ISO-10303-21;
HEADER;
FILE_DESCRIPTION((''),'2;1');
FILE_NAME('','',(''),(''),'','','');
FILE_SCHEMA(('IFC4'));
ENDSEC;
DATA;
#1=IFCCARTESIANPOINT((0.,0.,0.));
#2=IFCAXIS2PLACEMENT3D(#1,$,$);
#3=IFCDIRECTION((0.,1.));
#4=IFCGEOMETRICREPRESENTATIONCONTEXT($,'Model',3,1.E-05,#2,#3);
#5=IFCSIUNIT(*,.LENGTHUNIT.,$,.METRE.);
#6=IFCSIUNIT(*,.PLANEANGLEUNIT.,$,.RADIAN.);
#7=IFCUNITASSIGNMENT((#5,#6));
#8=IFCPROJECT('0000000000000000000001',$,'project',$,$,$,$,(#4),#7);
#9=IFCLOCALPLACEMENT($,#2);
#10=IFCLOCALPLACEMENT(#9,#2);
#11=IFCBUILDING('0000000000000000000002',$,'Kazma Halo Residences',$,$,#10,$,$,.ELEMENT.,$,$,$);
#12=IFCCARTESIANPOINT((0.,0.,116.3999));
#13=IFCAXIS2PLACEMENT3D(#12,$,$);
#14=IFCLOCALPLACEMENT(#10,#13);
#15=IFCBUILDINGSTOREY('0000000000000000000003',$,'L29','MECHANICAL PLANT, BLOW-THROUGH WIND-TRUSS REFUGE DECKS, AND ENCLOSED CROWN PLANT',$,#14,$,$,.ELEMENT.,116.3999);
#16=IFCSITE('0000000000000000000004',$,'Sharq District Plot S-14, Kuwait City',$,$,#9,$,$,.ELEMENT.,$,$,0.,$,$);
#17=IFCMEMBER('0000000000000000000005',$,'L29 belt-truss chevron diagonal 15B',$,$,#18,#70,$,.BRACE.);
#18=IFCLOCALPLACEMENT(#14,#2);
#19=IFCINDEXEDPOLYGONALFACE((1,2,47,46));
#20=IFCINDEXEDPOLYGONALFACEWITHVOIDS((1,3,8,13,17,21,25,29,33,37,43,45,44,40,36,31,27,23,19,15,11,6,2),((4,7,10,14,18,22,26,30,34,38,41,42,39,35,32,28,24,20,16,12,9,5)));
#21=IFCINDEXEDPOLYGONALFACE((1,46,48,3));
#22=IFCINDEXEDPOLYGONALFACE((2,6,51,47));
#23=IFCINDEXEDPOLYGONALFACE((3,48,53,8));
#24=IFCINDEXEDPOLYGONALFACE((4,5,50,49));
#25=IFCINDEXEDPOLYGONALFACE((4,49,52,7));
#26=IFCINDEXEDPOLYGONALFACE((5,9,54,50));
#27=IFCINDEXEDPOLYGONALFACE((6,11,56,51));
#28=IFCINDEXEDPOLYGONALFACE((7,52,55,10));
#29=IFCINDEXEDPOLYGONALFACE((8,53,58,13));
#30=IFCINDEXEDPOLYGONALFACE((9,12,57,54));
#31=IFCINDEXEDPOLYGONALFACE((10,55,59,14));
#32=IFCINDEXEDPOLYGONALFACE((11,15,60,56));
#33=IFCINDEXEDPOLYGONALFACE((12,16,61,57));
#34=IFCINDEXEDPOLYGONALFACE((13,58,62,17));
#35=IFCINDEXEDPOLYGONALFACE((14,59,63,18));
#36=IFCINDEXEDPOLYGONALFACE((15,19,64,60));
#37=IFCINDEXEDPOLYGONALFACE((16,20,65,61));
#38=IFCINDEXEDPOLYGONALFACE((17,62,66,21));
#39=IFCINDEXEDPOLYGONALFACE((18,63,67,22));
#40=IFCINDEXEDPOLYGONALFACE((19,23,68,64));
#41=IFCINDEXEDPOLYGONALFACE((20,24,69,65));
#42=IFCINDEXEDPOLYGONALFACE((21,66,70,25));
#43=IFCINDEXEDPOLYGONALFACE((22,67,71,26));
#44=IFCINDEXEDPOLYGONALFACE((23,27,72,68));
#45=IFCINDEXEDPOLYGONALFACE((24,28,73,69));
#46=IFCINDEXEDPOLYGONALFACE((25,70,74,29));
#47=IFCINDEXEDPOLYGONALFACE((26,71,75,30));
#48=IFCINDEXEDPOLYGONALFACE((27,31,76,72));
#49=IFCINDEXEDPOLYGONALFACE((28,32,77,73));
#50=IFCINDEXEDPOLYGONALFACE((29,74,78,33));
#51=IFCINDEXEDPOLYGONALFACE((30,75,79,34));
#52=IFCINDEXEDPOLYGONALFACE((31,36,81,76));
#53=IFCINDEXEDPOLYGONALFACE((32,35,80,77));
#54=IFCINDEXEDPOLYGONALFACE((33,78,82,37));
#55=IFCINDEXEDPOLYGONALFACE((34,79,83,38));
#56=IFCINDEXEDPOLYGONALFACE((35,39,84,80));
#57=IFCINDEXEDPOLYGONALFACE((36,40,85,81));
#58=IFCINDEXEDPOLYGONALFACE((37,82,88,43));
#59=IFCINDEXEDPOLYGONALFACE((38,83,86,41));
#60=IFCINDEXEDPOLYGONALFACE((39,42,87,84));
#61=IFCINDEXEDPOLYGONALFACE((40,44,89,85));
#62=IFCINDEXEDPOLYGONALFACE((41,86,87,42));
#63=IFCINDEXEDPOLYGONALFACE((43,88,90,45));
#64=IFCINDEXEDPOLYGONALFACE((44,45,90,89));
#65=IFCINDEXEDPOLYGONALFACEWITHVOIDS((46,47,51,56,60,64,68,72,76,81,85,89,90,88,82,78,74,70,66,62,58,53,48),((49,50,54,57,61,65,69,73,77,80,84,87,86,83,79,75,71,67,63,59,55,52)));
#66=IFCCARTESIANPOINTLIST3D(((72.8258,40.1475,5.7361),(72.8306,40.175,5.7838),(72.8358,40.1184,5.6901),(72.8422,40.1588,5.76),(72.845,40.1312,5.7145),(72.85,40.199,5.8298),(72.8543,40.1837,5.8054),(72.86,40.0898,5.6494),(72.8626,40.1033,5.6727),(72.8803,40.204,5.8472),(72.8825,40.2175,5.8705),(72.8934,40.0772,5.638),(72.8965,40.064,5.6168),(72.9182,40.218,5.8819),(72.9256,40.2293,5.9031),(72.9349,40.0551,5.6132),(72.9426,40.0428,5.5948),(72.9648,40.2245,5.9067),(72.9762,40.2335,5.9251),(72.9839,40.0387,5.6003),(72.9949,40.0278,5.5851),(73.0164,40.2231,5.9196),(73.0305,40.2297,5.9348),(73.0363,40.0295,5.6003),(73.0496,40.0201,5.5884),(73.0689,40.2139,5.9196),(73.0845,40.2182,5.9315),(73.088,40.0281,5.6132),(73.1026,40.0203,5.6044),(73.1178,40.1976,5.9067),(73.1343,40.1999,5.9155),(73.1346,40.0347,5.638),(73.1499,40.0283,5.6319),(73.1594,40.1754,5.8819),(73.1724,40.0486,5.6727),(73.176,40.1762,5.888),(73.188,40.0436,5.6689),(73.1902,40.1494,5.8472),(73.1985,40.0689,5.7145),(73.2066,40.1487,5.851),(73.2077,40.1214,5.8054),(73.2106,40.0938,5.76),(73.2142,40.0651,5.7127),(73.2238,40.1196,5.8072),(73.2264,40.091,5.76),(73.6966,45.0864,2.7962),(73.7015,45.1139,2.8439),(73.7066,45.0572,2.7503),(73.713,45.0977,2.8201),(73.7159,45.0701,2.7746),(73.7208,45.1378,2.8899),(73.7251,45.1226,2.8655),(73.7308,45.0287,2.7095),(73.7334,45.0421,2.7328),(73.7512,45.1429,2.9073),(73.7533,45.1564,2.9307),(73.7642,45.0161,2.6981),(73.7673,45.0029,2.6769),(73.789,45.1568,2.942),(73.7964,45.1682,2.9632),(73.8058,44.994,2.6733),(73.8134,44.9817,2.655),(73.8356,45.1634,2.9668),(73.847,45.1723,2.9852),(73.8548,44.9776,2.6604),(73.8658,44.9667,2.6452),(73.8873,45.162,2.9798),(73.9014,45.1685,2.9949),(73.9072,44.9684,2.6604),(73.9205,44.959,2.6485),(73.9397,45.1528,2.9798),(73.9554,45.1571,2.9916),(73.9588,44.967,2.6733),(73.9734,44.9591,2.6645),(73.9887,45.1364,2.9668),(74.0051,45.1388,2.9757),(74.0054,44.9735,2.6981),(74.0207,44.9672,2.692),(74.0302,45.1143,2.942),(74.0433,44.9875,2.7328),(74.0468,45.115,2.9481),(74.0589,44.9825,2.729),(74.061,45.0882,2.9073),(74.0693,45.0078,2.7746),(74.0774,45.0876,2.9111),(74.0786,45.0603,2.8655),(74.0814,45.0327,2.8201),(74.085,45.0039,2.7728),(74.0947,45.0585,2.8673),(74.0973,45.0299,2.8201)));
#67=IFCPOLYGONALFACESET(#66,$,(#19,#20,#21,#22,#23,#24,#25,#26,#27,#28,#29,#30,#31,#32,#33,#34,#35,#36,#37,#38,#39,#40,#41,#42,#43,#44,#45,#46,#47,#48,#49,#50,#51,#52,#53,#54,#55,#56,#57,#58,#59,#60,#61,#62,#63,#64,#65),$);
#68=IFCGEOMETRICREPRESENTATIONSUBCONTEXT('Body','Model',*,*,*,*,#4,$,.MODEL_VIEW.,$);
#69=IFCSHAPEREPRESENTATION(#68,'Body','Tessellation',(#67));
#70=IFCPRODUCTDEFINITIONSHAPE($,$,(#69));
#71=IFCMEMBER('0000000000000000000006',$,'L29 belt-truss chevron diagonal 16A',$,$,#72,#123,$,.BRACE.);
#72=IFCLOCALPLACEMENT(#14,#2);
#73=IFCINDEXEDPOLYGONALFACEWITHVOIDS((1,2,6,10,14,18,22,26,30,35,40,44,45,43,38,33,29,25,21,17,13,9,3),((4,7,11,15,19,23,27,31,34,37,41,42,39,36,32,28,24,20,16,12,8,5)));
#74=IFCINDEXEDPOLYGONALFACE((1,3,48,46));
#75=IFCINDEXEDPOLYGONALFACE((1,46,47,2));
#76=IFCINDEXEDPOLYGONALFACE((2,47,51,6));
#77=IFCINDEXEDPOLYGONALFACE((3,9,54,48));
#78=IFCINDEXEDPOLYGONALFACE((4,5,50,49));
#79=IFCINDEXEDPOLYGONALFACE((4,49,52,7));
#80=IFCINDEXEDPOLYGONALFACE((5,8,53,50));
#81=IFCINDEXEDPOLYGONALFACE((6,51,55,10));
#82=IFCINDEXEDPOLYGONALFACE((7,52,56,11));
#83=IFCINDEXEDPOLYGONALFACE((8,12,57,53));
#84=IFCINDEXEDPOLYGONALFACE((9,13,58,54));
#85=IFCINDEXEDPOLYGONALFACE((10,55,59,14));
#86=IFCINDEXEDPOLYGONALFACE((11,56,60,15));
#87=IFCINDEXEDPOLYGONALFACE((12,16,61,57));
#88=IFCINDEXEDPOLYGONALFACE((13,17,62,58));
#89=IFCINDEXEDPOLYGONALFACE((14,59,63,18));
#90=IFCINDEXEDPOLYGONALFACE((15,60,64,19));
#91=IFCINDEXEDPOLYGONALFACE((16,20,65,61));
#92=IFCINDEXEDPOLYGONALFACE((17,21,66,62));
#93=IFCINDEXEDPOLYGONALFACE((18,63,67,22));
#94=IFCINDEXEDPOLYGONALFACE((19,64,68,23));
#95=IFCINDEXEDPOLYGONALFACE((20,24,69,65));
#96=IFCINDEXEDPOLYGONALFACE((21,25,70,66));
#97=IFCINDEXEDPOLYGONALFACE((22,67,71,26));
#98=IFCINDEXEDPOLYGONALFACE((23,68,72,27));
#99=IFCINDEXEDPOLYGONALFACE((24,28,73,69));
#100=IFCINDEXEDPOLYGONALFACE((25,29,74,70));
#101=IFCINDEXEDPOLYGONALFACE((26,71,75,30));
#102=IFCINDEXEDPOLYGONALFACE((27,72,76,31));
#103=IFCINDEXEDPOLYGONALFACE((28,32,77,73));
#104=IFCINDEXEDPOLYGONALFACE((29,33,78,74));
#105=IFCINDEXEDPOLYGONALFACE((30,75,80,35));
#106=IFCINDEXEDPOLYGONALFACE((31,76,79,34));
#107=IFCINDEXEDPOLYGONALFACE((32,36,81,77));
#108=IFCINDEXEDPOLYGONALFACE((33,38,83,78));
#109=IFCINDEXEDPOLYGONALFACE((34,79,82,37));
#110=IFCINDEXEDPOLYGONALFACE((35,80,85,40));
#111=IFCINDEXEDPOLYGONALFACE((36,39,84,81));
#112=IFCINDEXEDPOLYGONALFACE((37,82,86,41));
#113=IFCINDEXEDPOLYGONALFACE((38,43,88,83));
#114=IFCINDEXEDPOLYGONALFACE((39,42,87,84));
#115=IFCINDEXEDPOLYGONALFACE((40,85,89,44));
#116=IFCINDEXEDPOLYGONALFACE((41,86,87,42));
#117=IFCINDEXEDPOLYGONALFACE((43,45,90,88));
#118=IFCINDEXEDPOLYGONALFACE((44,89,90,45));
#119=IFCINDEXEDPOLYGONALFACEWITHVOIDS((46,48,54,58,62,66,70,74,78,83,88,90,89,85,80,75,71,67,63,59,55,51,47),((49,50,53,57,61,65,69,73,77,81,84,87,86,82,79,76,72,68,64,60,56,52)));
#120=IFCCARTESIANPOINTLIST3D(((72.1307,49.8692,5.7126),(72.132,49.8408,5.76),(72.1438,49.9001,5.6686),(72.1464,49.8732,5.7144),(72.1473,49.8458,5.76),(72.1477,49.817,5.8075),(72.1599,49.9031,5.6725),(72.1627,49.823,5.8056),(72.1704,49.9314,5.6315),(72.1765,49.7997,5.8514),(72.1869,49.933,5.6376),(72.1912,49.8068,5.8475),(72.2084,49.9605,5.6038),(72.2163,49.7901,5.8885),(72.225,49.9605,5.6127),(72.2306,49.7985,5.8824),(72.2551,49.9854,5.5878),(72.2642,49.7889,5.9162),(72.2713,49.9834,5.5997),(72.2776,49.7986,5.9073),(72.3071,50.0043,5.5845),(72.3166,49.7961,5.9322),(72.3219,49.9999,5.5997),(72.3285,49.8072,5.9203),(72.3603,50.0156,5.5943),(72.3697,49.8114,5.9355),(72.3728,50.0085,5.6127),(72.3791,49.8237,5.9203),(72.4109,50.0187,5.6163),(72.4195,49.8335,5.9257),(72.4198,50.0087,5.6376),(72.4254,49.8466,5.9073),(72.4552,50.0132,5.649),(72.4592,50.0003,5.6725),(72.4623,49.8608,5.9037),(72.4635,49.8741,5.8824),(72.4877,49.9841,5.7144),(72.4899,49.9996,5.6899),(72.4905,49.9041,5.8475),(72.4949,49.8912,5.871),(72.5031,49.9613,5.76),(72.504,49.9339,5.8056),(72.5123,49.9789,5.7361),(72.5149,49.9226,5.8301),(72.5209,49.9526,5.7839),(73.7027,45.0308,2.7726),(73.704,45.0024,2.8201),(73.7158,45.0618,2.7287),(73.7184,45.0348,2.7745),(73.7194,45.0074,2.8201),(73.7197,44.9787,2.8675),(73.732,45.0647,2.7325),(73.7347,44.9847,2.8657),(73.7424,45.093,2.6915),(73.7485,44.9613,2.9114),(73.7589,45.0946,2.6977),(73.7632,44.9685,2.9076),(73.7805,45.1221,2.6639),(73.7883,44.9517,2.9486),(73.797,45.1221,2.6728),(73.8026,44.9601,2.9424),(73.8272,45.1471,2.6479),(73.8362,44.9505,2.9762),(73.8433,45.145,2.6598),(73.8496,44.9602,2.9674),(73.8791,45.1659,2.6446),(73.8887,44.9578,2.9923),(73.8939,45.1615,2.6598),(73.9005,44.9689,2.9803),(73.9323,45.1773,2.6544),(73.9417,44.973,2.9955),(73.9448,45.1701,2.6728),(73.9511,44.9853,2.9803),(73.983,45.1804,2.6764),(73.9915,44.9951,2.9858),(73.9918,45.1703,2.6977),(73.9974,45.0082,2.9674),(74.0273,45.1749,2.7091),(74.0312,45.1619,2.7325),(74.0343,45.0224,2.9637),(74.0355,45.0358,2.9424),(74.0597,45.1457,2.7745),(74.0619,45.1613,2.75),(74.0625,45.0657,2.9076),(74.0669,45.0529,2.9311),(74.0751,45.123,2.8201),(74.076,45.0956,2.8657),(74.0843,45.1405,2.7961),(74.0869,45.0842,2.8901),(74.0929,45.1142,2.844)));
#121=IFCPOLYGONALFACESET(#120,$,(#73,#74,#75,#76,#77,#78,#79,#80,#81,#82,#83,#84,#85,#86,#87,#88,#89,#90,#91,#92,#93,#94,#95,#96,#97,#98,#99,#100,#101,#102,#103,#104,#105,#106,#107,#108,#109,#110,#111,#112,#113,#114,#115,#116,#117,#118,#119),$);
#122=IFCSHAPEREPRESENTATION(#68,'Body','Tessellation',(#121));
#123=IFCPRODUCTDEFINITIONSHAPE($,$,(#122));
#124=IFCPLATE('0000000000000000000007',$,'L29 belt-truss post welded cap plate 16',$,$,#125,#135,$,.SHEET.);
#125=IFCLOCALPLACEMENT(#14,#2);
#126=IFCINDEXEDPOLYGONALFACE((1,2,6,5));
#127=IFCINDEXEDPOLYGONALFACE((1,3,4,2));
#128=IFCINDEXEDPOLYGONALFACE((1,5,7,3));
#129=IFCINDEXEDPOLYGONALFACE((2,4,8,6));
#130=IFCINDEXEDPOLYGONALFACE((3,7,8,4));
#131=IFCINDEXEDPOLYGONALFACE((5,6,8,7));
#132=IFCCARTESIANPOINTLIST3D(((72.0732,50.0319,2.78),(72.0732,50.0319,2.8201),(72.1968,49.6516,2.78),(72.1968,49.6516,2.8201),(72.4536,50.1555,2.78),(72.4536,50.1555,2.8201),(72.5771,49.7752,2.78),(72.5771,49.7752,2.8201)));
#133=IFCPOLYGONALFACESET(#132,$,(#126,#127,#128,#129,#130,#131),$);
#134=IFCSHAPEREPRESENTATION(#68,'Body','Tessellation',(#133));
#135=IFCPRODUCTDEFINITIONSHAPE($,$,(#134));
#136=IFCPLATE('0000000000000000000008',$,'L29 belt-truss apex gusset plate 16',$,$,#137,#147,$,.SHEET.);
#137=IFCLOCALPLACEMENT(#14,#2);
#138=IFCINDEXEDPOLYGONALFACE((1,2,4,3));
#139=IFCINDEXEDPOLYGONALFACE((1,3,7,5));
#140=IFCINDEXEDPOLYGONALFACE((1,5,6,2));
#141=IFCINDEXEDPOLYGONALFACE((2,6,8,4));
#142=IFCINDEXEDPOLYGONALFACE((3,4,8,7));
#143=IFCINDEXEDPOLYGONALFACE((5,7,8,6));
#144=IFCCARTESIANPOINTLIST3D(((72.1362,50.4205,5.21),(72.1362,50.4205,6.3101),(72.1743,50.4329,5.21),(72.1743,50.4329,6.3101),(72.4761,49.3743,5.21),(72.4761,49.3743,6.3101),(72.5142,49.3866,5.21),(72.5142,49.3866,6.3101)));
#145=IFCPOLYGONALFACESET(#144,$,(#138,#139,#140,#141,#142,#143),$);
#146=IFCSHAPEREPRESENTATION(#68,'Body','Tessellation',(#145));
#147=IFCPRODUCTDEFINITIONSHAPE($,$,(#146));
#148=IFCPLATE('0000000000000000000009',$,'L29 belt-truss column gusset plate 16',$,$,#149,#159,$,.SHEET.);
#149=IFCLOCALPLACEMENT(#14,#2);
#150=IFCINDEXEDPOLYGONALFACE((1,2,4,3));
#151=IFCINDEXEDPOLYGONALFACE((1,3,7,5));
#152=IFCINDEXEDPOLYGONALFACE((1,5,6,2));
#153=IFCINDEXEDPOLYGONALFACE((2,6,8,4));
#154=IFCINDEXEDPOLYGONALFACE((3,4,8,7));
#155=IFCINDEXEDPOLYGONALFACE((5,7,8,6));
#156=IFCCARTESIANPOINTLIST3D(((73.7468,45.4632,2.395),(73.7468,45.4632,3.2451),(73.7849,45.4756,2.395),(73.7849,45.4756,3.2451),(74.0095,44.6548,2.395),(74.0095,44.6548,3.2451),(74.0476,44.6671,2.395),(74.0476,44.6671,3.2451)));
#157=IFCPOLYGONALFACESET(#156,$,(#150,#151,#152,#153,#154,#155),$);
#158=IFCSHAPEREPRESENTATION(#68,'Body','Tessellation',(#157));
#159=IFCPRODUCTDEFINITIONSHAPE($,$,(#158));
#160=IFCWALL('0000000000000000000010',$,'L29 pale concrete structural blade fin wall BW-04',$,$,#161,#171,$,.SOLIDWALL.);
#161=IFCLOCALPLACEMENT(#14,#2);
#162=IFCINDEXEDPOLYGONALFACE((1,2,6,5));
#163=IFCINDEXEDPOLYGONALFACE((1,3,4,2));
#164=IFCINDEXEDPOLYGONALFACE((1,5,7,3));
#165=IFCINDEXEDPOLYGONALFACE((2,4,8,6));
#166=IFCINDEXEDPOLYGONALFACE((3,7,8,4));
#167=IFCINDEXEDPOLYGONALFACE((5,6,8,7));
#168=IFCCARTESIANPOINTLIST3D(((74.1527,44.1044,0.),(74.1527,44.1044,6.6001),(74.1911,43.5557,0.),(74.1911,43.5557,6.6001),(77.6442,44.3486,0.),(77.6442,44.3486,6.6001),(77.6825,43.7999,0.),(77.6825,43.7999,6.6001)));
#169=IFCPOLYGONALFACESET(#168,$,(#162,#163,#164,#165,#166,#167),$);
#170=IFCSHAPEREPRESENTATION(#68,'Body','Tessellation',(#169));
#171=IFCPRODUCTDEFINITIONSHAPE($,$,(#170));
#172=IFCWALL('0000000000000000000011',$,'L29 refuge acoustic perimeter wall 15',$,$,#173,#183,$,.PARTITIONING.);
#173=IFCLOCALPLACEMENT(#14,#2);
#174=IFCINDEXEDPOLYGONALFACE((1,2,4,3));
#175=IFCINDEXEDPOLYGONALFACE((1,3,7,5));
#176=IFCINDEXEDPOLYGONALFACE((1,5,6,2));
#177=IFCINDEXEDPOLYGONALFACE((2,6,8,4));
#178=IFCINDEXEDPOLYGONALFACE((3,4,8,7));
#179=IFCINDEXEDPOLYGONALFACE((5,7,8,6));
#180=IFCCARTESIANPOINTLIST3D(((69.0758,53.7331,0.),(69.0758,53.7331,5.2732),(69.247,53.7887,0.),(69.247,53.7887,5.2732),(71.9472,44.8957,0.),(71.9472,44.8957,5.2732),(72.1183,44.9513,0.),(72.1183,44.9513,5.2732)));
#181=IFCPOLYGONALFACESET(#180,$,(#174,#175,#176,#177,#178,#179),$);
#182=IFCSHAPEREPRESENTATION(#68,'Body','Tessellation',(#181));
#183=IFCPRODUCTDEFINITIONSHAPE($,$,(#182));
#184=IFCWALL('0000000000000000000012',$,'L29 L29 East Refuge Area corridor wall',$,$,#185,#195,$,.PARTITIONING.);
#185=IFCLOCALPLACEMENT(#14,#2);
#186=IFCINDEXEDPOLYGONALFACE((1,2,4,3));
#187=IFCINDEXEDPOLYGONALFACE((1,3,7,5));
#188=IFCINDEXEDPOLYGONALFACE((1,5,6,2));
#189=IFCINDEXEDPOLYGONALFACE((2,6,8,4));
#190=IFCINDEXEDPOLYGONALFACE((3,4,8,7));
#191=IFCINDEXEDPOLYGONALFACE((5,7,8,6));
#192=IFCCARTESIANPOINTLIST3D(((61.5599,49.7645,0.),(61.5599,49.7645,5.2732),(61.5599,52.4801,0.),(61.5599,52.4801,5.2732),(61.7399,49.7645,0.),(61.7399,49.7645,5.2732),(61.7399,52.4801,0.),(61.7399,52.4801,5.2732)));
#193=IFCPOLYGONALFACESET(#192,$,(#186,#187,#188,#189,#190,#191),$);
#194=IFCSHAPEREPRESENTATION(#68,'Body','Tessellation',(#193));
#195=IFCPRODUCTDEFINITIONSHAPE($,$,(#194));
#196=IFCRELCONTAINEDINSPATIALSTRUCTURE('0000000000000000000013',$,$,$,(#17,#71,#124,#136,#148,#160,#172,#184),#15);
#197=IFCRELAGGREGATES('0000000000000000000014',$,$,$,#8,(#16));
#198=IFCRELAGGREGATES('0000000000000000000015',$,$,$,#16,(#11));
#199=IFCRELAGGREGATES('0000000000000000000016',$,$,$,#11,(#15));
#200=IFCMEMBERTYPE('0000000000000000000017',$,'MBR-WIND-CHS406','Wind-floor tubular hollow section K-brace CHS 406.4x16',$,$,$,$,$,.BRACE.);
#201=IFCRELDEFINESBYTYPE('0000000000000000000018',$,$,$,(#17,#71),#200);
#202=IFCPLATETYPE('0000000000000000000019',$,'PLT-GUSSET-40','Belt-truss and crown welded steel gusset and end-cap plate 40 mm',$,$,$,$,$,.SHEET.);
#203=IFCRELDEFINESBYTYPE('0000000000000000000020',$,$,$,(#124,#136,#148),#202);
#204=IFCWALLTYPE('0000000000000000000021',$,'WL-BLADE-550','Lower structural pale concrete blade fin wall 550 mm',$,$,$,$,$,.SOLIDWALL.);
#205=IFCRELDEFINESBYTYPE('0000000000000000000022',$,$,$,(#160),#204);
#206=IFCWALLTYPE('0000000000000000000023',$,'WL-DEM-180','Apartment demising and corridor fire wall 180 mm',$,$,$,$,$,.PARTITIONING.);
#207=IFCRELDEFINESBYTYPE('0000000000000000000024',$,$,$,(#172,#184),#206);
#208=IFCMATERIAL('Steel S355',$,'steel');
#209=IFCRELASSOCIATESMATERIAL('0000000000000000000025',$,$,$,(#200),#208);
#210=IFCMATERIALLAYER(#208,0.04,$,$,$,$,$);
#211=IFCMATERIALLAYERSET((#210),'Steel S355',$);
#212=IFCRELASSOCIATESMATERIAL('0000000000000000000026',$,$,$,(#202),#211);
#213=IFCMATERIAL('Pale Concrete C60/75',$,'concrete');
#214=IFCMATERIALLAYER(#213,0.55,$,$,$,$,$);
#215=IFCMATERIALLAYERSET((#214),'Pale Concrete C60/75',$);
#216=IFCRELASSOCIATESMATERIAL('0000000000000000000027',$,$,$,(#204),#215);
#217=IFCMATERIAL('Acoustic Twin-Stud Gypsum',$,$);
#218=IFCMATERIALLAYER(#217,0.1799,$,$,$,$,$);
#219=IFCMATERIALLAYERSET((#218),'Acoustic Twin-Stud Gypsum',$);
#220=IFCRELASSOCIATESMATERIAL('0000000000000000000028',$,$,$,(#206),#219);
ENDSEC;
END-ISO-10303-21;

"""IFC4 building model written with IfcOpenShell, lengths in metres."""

from ifc_helpers import new_model, si_unit, direction, frame, frame_2d, origin, origin_2d, place, context, subcontext, project, spatial, rectangle, hollow_circle, extrude, material, layer, layer_set, material_profile, profile_set, type_object, element, save


model = new_model("IFC4")

# Units and contexts
model_context = context("Model", 3, precision=1e-05, world=origin(), true_north=direction((0.0, 1.0)))
body_context = subcontext(model_context, "Body", "Model", "MODEL_VIEW")
ifc_project = project(units=[si_unit("LENGTHUNIT", "METRE"), si_unit("PLANEANGLEUNIT", "RADIAN")], contexts=[model_context])

# Site, building, storey
site_placement = place(None, origin())
site = spatial("IfcSite", under=ifc_project, at=site_placement, Name="Sharq District Plot S-14, Kuwait City", CompositionType="ELEMENT", RefElevation=0.0)
building_placement = place(site_placement, origin())
building = spatial("IfcBuilding", under=site, at=building_placement, Name="Kazma Halo Residences", CompositionType="ELEMENT")
storey_placement = place(building_placement, frame((0.0, 0.0, 116.3999)))
storey = spatial("IfcBuildingStorey", under=building, at=storey_placement, Name="L29", Description="MECHANICAL PLANT, BLOW-THROUGH WIND-TRUSS REFUGE DECKS, AND ENCLOSED CROWN PLANT", CompositionType="ELEMENT", Elevation=116.3999)

# Shared definitions
ifc_material_1 = material(Name="Steel S355", Category="steel")

# Members
ifc_material_profile_1 = material_profile(ifc_material_1, hollow_circle(Radius=0.2031, WallThickness=0.0161, at=origin_2d()), Name="CHS406.4x16")
ifc_profile_set_1 = profile_set([ifc_material_profile_1], Name="Steel S355")
member_type_1 = type_object("IfcMemberType", Name="MBR-WIND-CHS406", Description="Wind-floor tubular hollow section K-brace CHS 406.4x16", PredefinedType="BRACE", material=ifc_profile_set_1)
member_1_placement = place(storey_placement, frame((73.8972, 45.0652, 2.8201), z_axis=(-0.149802, -0.849591, 0.505723), x_axis=(0.984809, -0.173644, 0.0)))
element("IfcMember", 1, at=member_1_placement, inside=storey, type_object=member_type_1, Name="L29 belt-truss chevron diagonal 15B", PredefinedType="BRACE", context=body_context, shape_type="SweptSolid", body=[
    extrude(hollow_circle(Radius=0.2031, WallThickness=0.0161, at=origin_2d()), origin(), (0.0, 0.0, 1.0), 5.8132),
])
member_2_placement = place(storey_placement, frame((73.8972, 45.0652, 2.8201), z_axis=(-0.267544, 0.823449, 0.500352), x_axis=(-0.95106, -0.309006, 0.0)))
element("IfcMember", 2, at=member_2_placement, inside=storey, type_object=member_type_1, Name="L29 belt-truss chevron diagonal 16A", PredefinedType="BRACE", context=body_context, shape_type="SweptSolid", body=[
    extrude(hollow_circle(Radius=0.2031, WallThickness=0.0161, at=origin_2d()), origin(), (0.0, 0.0, 1.0), 5.8757),
])

# Plates
ifc_layer_1 = layer(ifc_material_1, 0.04)
ifc_layer_set_1 = layer_set([ifc_layer_1], Name="Steel S355")
plate_type = type_object("IfcPlateType", Name="PLT-GUSSET-40", Description="Belt-truss and crown welded steel gusset and end-cap plate 40 mm", PredefinedType="SHEET", material=ifc_layer_set_1)
plate_1_placement = place(storey_placement, frame((72.3252, 49.9036, 2.78), z_axis=(0.0, 0.0, 1.0), x_axis=(-0.309019, 0.951056, 0.0)))
element("IfcPlate", 3, at=plate_1_placement, inside=storey, type_object=plate_type, Name="L29 belt-truss post welded cap plate 16", PredefinedType="SHEET", context=body_context, shape_type="SweptSolid", body=[
    extrude(rectangle(XDim=0.3999, YDim=0.3999, at=origin_2d()), origin(), (0.0, 0.0, 1.0), 0.04),
])
plate_2_placement = place(storey_placement, frame((72.3252, 49.9036, 5.21), z_axis=(0.0, 0.0, 1.0), x_axis=(-0.309019, 0.951056, 0.0)))
element("IfcPlate", 4, at=plate_2_placement, inside=storey, type_object=plate_type, Name="L29 belt-truss apex gusset plate 16", PredefinedType="SHEET", context=body_context, shape_type="SweptSolid", body=[
    extrude(rectangle(XDim=1.1001, YDim=0.04, at=origin_2d()), origin(), (0.0, 0.0, 1.0), 1.1001),
])
plate_3_placement = place(storey_placement, frame((73.8972, 45.0652, 2.395), z_axis=(0.0, 0.0, 1.0), x_axis=(-0.309019, 0.951056, 0.0)))
element("IfcPlate", 5, at=plate_3_placement, inside=storey, type_object=plate_type, Name="L29 belt-truss column gusset plate 16", PredefinedType="SHEET", context=body_context, shape_type="SweptSolid", body=[
    extrude(rectangle(XDim=0.8501, YDim=0.04, at=origin_2d()), origin(), (0.0, 0.0, 1.0), 0.8501),
])

# Walls
ifc_material_2 = material(Name="Pale Concrete C60/75", Category="concrete")
ifc_layer_2 = layer(ifc_material_2, 0.55)
ifc_layer_set_2 = layer_set([ifc_layer_2], Name="Pale Concrete C60/75")
wall_type_1 = type_object("IfcWallType", Name="WL-BLADE-550", Description="Lower structural pale concrete blade fin wall 550 mm", PredefinedType="SOLIDWALL", material=ifc_layer_set_2)
wall_1_placement = place(storey_placement, frame((74.1719, 43.8301, 0.0), z_axis=(0.0, 0.0, 1.0), x_axis=(0.997564, 0.069755, 0.0)))
element("IfcWall", 6, at=wall_1_placement, inside=storey, type_object=wall_type_1, Name="L29 pale concrete structural blade fin wall BW-04", PredefinedType="SOLIDWALL", context=body_context, shape_type="SweptSolid", body=[
    extrude(rectangle(XDim=3.5, YDim=0.55, at=frame_2d((1.75, 0.0))), origin(), (0.0, 0.0, 1.0), 6.6001),
])
ifc_material_3 = material(Name="Acoustic Twin-Stud Gypsum")
ifc_layer_3 = layer(ifc_material_3, 0.1799)
ifc_layer_set_3 = layer_set([ifc_layer_3], Name="Acoustic Twin-Stud Gypsum")
wall_type_2 = type_object("IfcWallType", Name="WL-DEM-180", Description="Apartment demising and corridor fire wall 180 mm", PredefinedType="PARTITIONING", material=ifc_layer_set_3)
wall_2_placement = place(storey_placement, frame((72.0327, 44.9236, 0.0), z_axis=(0.0, 0.0, 1.0), x_axis=(-0.309006, 0.95106, 0.0)))
element("IfcWall", 7, at=wall_2_placement, inside=storey, type_object=wall_type_2, Name="L29 refuge acoustic perimeter wall 15", PredefinedType="PARTITIONING", context=body_context, shape_type="SweptSolid", body=[
    extrude(rectangle(XDim=9.2922, YDim=0.1799, at=frame_2d((4.646, 0.0))), origin(), (0.0, 0.0, 1.0), 5.2732),
])
wall_3_placement = place(storey_placement, frame((61.6499, 49.7644, 0.0), z_axis=(0.0, 0.0, 1.0), x_axis=(0.0, 1.0, 0.0)))
element("IfcWall", 8, at=wall_3_placement, inside=storey, type_object=wall_type_2, Name="L29 L29 East Refuge Area corridor wall", PredefinedType="PARTITIONING", context=body_context, shape_type="SweptSolid", body=[
    extrude(rectangle(XDim=2.7156, YDim=0.1799, at=frame_2d((1.3579, 0.0))), origin(), (0.0, 0.0, 1.0), 5.2732),
])

save(model, "model.ifc")
